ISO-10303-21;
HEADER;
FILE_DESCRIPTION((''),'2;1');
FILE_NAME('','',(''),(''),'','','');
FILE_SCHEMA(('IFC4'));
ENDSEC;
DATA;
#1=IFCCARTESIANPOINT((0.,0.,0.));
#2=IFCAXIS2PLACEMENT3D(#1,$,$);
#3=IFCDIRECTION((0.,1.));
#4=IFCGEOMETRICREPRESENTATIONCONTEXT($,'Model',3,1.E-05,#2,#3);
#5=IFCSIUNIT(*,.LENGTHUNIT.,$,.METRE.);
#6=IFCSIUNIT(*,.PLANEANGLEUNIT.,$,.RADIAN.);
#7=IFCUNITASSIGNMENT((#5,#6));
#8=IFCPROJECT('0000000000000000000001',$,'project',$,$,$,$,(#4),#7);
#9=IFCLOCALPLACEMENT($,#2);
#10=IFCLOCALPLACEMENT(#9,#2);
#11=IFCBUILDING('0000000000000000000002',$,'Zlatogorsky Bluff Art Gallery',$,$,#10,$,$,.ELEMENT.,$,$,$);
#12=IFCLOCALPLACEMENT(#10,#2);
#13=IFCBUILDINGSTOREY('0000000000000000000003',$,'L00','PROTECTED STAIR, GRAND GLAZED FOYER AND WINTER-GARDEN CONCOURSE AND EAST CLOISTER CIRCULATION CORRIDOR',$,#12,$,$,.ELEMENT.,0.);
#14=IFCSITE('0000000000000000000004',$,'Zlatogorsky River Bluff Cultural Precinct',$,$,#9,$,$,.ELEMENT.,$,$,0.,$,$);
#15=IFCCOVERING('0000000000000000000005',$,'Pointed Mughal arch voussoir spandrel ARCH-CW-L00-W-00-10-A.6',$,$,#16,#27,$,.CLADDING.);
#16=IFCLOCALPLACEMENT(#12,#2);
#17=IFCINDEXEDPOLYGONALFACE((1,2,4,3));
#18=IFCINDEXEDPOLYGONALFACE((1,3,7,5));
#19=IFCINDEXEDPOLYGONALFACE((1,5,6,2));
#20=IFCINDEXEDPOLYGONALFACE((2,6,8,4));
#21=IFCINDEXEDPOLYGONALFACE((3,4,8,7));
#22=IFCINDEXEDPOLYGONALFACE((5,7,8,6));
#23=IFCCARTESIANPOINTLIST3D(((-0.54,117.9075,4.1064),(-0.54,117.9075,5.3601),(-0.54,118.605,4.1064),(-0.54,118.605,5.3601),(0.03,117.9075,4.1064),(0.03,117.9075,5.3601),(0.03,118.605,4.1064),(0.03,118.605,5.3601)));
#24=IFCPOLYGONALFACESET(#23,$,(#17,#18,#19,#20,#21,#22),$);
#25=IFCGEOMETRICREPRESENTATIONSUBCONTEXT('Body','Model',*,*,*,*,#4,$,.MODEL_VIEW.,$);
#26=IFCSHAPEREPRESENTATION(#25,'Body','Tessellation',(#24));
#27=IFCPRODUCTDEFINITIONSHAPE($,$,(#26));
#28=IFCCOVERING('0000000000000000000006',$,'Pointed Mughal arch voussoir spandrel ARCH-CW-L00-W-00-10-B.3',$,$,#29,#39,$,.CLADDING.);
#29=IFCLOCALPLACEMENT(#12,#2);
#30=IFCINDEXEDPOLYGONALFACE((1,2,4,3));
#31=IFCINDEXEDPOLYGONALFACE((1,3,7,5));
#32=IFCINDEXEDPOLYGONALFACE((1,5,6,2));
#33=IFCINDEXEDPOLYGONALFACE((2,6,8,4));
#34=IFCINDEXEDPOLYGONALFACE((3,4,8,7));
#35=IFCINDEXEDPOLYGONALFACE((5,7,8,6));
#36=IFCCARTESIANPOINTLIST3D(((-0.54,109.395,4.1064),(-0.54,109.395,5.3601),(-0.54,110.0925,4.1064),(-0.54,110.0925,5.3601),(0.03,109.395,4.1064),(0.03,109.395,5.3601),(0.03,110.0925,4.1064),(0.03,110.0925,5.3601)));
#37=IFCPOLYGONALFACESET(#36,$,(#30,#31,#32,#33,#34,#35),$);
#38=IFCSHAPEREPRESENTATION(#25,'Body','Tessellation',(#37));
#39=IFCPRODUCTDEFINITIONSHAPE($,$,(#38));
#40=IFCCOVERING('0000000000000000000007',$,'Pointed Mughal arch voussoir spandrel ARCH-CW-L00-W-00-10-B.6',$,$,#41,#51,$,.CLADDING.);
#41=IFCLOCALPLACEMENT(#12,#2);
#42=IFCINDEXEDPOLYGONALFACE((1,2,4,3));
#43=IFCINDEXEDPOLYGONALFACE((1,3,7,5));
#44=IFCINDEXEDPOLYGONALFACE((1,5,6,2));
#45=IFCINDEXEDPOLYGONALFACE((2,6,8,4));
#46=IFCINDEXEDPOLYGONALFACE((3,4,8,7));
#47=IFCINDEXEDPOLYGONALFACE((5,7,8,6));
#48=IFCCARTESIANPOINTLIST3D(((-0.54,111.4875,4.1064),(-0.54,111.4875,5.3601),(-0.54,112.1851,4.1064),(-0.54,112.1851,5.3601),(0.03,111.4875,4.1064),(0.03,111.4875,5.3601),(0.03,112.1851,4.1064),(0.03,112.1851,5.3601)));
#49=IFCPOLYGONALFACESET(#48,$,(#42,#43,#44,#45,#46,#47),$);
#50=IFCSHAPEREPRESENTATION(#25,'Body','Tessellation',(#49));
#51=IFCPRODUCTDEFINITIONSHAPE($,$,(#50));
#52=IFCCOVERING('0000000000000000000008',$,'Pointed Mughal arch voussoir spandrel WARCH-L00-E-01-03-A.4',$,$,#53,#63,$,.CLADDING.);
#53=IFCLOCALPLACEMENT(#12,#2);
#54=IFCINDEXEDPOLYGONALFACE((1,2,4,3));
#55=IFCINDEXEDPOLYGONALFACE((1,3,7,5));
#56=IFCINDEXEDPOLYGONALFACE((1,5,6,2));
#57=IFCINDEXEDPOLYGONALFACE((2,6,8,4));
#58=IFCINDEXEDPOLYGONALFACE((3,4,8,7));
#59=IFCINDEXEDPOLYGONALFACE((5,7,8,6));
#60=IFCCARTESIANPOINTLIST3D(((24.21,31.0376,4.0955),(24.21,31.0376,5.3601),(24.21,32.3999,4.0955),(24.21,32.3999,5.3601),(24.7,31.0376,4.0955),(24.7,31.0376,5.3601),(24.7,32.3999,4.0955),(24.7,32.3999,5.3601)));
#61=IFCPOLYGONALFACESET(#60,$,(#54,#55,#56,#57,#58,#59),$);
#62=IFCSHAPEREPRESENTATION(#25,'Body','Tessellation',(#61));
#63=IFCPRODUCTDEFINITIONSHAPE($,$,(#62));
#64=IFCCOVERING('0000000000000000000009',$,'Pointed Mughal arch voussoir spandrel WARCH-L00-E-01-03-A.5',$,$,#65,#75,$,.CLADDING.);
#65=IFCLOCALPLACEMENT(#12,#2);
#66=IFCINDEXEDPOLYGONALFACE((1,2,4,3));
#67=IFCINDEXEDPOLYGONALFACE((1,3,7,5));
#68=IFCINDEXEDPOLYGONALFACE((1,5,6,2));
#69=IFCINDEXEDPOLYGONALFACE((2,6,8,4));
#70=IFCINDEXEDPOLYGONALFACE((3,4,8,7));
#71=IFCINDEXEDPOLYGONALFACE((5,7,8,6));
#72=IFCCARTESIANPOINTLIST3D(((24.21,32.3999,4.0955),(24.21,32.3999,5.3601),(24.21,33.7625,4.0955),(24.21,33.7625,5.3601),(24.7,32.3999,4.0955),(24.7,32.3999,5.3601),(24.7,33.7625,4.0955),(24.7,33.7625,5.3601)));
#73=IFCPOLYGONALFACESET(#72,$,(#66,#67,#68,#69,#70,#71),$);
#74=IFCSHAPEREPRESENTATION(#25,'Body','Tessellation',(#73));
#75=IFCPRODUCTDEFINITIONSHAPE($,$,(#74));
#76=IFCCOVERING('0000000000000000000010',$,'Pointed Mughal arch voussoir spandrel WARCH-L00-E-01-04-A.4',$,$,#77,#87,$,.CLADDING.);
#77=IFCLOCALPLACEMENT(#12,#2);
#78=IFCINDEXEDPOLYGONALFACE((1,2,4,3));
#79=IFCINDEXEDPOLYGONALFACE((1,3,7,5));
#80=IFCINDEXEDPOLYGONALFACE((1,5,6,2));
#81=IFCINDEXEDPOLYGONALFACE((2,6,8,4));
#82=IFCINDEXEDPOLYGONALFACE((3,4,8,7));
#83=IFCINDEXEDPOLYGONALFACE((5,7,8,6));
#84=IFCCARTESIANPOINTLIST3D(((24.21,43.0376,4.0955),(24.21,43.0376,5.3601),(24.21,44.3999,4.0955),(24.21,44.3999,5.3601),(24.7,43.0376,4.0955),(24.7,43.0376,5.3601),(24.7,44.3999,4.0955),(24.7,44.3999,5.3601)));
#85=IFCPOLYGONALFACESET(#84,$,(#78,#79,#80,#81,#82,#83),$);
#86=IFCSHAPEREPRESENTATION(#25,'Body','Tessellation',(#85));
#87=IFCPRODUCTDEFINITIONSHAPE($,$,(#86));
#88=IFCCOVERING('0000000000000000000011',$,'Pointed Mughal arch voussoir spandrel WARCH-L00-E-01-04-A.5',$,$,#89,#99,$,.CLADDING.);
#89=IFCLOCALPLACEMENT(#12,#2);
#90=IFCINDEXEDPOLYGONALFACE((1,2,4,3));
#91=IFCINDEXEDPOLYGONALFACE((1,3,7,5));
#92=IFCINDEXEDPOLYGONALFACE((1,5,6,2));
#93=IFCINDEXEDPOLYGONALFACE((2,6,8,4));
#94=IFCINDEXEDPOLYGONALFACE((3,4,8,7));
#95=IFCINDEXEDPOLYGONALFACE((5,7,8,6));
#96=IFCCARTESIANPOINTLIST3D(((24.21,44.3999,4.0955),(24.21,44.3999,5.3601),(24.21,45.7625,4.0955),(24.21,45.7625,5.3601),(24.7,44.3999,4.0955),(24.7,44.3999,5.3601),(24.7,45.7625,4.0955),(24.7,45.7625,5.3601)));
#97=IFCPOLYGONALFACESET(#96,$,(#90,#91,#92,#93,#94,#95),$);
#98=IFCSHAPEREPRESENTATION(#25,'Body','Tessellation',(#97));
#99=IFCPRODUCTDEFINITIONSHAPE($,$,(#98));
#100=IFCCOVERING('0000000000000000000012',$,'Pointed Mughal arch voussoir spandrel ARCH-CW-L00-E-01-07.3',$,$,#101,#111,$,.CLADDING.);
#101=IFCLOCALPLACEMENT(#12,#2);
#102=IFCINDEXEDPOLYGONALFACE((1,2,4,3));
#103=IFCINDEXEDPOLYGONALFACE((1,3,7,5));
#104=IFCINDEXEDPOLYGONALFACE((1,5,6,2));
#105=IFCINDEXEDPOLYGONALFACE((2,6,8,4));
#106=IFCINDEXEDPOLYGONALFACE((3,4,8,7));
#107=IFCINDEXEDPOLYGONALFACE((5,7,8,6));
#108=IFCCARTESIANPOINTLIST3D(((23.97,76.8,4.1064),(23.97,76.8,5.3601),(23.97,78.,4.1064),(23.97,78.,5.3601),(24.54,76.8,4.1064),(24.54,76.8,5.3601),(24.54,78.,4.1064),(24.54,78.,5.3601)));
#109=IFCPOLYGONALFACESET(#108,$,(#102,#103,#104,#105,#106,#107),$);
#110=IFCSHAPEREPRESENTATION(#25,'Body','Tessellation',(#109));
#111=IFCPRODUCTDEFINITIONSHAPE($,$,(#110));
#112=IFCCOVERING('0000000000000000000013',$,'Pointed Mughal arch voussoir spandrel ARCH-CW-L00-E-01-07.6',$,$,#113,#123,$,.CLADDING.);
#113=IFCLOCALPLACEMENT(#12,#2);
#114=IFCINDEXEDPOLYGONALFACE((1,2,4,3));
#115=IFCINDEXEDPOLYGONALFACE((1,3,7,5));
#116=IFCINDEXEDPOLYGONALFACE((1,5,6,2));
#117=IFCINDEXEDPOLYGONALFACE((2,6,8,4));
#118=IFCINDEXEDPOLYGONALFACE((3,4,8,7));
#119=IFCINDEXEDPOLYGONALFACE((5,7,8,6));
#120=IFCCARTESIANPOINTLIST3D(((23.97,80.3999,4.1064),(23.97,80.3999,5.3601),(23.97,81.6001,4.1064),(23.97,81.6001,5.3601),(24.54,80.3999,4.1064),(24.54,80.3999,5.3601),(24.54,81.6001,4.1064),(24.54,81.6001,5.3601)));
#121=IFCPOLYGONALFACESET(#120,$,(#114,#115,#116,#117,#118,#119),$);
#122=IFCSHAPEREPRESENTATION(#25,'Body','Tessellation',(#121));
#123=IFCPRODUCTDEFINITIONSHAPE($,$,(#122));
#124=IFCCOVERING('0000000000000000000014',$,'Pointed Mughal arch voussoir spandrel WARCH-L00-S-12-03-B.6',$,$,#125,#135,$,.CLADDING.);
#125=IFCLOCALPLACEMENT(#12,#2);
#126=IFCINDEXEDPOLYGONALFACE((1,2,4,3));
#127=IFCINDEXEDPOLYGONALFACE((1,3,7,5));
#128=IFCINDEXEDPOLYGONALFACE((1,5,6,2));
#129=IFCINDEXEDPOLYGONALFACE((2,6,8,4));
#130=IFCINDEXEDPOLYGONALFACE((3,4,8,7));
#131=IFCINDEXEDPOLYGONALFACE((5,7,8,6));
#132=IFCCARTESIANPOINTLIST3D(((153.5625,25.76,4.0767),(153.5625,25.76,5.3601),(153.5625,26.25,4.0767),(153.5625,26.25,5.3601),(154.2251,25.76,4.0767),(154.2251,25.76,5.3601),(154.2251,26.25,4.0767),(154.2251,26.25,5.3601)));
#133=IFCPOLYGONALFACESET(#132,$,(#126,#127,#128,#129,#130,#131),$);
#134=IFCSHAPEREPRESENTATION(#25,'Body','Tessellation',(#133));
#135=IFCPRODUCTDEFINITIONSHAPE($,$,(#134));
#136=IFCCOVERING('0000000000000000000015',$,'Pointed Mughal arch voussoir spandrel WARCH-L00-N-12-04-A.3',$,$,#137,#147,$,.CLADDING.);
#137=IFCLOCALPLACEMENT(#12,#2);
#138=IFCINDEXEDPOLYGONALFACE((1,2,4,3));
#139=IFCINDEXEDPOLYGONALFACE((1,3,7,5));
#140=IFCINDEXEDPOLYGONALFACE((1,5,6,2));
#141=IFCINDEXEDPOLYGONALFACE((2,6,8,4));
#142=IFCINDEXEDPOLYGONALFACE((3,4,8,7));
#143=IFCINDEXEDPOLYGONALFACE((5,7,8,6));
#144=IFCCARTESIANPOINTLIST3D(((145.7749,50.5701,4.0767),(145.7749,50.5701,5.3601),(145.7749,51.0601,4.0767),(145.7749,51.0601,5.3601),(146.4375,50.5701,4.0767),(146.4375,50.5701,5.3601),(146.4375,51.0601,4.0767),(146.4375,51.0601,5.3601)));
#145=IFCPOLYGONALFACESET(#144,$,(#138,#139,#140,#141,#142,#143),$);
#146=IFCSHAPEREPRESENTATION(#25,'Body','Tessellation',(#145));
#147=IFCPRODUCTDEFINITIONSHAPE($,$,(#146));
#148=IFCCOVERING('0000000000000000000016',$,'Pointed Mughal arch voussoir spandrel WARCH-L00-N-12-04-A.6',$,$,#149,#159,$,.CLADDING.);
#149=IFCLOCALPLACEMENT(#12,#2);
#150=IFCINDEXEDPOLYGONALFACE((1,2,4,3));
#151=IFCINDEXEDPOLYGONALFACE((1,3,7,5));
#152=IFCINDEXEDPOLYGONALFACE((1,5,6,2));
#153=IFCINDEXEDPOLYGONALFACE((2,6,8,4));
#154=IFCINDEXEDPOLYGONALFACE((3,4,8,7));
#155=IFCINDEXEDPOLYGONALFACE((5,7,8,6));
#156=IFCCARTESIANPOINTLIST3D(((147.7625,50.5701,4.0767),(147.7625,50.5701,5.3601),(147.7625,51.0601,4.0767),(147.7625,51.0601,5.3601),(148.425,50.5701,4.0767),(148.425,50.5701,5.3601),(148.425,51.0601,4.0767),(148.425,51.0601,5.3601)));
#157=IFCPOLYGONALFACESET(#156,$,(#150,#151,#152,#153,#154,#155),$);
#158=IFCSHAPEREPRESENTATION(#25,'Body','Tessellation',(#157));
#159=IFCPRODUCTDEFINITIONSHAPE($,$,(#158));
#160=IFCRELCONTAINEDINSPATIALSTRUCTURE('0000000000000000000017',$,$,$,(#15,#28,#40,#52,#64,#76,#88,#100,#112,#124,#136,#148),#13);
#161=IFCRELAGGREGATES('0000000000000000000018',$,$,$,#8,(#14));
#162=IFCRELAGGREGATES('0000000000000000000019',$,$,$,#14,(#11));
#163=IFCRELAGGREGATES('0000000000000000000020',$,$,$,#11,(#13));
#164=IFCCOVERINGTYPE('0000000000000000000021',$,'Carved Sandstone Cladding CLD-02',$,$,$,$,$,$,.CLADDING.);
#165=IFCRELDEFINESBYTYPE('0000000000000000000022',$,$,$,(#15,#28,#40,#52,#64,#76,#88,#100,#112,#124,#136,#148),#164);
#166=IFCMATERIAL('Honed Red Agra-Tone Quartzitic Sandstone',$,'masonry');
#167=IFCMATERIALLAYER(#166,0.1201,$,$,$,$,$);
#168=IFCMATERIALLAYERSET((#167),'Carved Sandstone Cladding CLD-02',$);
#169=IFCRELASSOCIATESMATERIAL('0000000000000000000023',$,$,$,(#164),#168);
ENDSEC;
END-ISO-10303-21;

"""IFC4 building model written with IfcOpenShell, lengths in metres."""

from ifc_helpers import new_model, si_unit, direction, frame, origin, place, context, subcontext, project, spatial, polyline, outline, extrude, material, layer, layer_set, type_object, element, save


model = new_model("IFC4")

# Units and contexts
model_context = context("Model", 3, precision=1e-05, world=origin(), true_north=direction((0.0, 1.0)))
body_context = subcontext(model_context, "Body", "Model", "MODEL_VIEW")
ifc_project = project(units=[si_unit("LENGTHUNIT", "METRE"), si_unit("PLANEANGLEUNIT", "RADIAN")], contexts=[model_context])

# Site, building, storey
site_placement = place(None, origin())
site = spatial("IfcSite", under=ifc_project, at=site_placement, Name="Zlatogorsky River Bluff Cultural Precinct", CompositionType="ELEMENT", RefElevation=0.0)
building_placement = place(site_placement, origin())
building = spatial("IfcBuilding", under=site, at=building_placement, Name="Zlatogorsky Bluff Art Gallery", CompositionType="ELEMENT")
storey_placement = place(building_placement, origin())
storey = spatial("IfcBuildingStorey", under=building, at=storey_placement, Name="L00", Description="PROTECTED STAIR, GRAND GLAZED FOYER AND WINTER-GARDEN CONCOURSE AND EAST CLOISTER CIRCULATION CORRIDOR", CompositionType="ELEMENT", Elevation=0.0)

# Coverings
ifc_material = material(Name="Honed Red Agra-Tone Quartzitic Sandstone", Category="masonry")
ifc_layer = layer(ifc_material, 0.1201)
ifc_layer_set = layer_set([ifc_layer], Name="Carved Sandstone Cladding CLD-02")
covering_type = type_object("IfcCoveringType", Name="Carved Sandstone Cladding CLD-02", PredefinedType="CLADDING", material=ifc_layer_set)
covering_1_placement = place(storey_placement, frame((0.0, 0.0, 4.1064)))
element("IfcCovering", 1, at=covering_1_placement, inside=storey, type_object=covering_type, Name="Pointed Mughal arch voussoir spandrel ARCH-CW-L00-W-00-10-A.6", PredefinedType="CLADDING", context=body_context, shape_type="SweptSolid", body=[
    extrude(outline(polyline([(-0.54, 117.9075), (-0.54, 118.605), (0.03, 118.605), (0.03, 117.9075), (-0.54, 117.9075)])), origin(), (0.0, 0.0, 1.0), 1.2537),
])
covering_2_placement = place(storey_placement, frame((0.0, 0.0, 4.1064)))
element("IfcCovering", 2, at=covering_2_placement, inside=storey, type_object=covering_type, Name="Pointed Mughal arch voussoir spandrel ARCH-CW-L00-W-00-10-B.3", PredefinedType="CLADDING", context=body_context, shape_type="SweptSolid", body=[
    extrude(outline(polyline([(-0.54, 109.395), (-0.54, 110.0925), (0.03, 110.0925), (0.03, 109.395), (-0.54, 109.395)])), origin(), (0.0, 0.0, 1.0), 1.2537),
])
covering_3_placement = place(storey_placement, frame((0.0, 0.0, 4.1064)))
element("IfcCovering", 3, at=covering_3_placement, inside=storey, type_object=covering_type, Name="Pointed Mughal arch voussoir spandrel ARCH-CW-L00-W-00-10-B.6", PredefinedType="CLADDING", context=body_context, shape_type="SweptSolid", body=[
    extrude(outline(polyline([(-0.54, 111.4875), (-0.54, 112.1851), (0.03, 112.1851), (0.03, 111.4875), (-0.54, 111.4875)])), origin(), (0.0, 0.0, 1.0), 1.2537),
])
covering_4_placement = place(storey_placement, frame((0.0, 0.0, 4.0955)))
element("IfcCovering", 4, at=covering_4_placement, inside=storey, type_object=covering_type, Name="Pointed Mughal arch voussoir spandrel WARCH-L00-E-01-03-A.4", PredefinedType="CLADDING", context=body_context, shape_type="SweptSolid", body=[
    extrude(outline(polyline([(24.21, 31.0376), (24.21, 32.3999), (24.7, 32.3999), (24.7, 31.0376), (24.21, 31.0376)])), origin(), (0.0, 0.0, 1.0), 1.2646),
])
covering_5_placement = place(storey_placement, frame((0.0, 0.0, 4.0955)))
element("IfcCovering", 5, at=covering_5_placement, inside=storey, type_object=covering_type, Name="Pointed Mughal arch voussoir spandrel WARCH-L00-E-01-03-A.5", PredefinedType="CLADDING", context=body_context, shape_type="SweptSolid", body=[
    extrude(outline(polyline([(24.21, 32.3999), (24.21, 33.7625), (24.7, 33.7625), (24.7, 32.3999), (24.21, 32.3999)])), origin(), (0.0, 0.0, 1.0), 1.2646),
])
covering_6_placement = place(storey_placement, frame((0.0, 0.0, 4.0955)))
element("IfcCovering", 6, at=covering_6_placement, inside=storey, type_object=covering_type, Name="Pointed Mughal arch voussoir spandrel WARCH-L00-E-01-04-A.4", PredefinedType="CLADDING", context=body_context, shape_type="SweptSolid", body=[
    extrude(outline(polyline([(24.21, 43.0376), (24.21, 44.3999), (24.7, 44.3999), (24.7, 43.0376), (24.21, 43.0376)])), origin(), (0.0, 0.0, 1.0), 1.2646),
])
covering_7_placement = place(storey_placement, frame((0.0, 0.0, 4.0955)))
element("IfcCovering", 7, at=covering_7_placement, inside=storey, type_object=covering_type, Name="Pointed Mughal arch voussoir spandrel WARCH-L00-E-01-04-A.5", PredefinedType="CLADDING", context=body_context, shape_type="SweptSolid", body=[
    extrude(outline(polyline([(24.21, 44.3999), (24.21, 45.7625), (24.7, 45.7625), (24.7, 44.3999), (24.21, 44.3999)])), origin(), (0.0, 0.0, 1.0), 1.2646),
])
covering_8_placement = place(storey_placement, frame((0.0, 0.0, 4.1064)))
element("IfcCovering", 8, at=covering_8_placement, inside=storey, type_object=covering_type, Name="Pointed Mughal arch voussoir spandrel ARCH-CW-L00-E-01-07.3", PredefinedType="CLADDING", context=body_context, shape_type="SweptSolid", body=[
    extrude(outline(polyline([(23.97, 76.8), (23.97, 78.0), (24.54, 78.0), (24.54, 76.8), (23.97, 76.8)])), origin(), (0.0, 0.0, 1.0), 1.2537),
])
covering_9_placement = place(storey_placement, frame((0.0, 0.0, 4.1064)))
element("IfcCovering", 9, at=covering_9_placement, inside=storey, type_object=covering_type, Name="Pointed Mughal arch voussoir spandrel ARCH-CW-L00-E-01-07.6", PredefinedType="CLADDING", context=body_context, shape_type="SweptSolid", body=[
    extrude(outline(polyline([(23.97, 80.3999), (23.97, 81.6001), (24.54, 81.6001), (24.54, 80.3999), (23.97, 80.3999)])), origin(), (0.0, 0.0, 1.0), 1.2537),
])
covering_10_placement = place(storey_placement, frame((0.0, 0.0, 4.0767)))
element("IfcCovering", 10, at=covering_10_placement, inside=storey, type_object=covering_type, Name="Pointed Mughal arch voussoir spandrel WARCH-L00-S-12-03-B.6", PredefinedType="CLADDING", context=body_context, shape_type="SweptSolid", body=[
    extrude(outline(polyline([(153.5625, 25.76), (154.2251, 25.76), (154.2251, 26.25), (153.5625, 26.25), (153.5625, 25.76)])), origin(), (0.0, 0.0, 1.0), 1.2834),
])
covering_11_placement = place(storey_placement, frame((0.0, 0.0, 4.0767)))
element("IfcCovering", 11, at=covering_11_placement, inside=storey, type_object=covering_type, Name="Pointed Mughal arch voussoir spandrel WARCH-L00-N-12-04-A.3", PredefinedType="CLADDING", context=body_context, shape_type="SweptSolid", body=[
    extrude(outline(polyline([(145.7749, 50.5701), (146.4375, 50.5701), (146.4375, 51.0601), (145.7749, 51.0601), (145.7749, 50.5701)])), origin(), (0.0, 0.0, 1.0), 1.2834),
])
covering_12_placement = place(storey_placement, frame((0.0, 0.0, 4.0767)))
element("IfcCovering", 12, at=covering_12_placement, inside=storey, type_object=covering_type, Name="Pointed Mughal arch voussoir spandrel WARCH-L00-N-12-04-A.6", PredefinedType="CLADDING", context=body_context, shape_type="SweptSolid", body=[
    extrude(outline(polyline([(147.7625, 50.5701), (148.425, 50.5701), (148.425, 51.0601), (147.7625, 51.0601), (147.7625, 50.5701)])), origin(), (0.0, 0.0, 1.0), 1.2834),
])

save(model, "model.ifc")
